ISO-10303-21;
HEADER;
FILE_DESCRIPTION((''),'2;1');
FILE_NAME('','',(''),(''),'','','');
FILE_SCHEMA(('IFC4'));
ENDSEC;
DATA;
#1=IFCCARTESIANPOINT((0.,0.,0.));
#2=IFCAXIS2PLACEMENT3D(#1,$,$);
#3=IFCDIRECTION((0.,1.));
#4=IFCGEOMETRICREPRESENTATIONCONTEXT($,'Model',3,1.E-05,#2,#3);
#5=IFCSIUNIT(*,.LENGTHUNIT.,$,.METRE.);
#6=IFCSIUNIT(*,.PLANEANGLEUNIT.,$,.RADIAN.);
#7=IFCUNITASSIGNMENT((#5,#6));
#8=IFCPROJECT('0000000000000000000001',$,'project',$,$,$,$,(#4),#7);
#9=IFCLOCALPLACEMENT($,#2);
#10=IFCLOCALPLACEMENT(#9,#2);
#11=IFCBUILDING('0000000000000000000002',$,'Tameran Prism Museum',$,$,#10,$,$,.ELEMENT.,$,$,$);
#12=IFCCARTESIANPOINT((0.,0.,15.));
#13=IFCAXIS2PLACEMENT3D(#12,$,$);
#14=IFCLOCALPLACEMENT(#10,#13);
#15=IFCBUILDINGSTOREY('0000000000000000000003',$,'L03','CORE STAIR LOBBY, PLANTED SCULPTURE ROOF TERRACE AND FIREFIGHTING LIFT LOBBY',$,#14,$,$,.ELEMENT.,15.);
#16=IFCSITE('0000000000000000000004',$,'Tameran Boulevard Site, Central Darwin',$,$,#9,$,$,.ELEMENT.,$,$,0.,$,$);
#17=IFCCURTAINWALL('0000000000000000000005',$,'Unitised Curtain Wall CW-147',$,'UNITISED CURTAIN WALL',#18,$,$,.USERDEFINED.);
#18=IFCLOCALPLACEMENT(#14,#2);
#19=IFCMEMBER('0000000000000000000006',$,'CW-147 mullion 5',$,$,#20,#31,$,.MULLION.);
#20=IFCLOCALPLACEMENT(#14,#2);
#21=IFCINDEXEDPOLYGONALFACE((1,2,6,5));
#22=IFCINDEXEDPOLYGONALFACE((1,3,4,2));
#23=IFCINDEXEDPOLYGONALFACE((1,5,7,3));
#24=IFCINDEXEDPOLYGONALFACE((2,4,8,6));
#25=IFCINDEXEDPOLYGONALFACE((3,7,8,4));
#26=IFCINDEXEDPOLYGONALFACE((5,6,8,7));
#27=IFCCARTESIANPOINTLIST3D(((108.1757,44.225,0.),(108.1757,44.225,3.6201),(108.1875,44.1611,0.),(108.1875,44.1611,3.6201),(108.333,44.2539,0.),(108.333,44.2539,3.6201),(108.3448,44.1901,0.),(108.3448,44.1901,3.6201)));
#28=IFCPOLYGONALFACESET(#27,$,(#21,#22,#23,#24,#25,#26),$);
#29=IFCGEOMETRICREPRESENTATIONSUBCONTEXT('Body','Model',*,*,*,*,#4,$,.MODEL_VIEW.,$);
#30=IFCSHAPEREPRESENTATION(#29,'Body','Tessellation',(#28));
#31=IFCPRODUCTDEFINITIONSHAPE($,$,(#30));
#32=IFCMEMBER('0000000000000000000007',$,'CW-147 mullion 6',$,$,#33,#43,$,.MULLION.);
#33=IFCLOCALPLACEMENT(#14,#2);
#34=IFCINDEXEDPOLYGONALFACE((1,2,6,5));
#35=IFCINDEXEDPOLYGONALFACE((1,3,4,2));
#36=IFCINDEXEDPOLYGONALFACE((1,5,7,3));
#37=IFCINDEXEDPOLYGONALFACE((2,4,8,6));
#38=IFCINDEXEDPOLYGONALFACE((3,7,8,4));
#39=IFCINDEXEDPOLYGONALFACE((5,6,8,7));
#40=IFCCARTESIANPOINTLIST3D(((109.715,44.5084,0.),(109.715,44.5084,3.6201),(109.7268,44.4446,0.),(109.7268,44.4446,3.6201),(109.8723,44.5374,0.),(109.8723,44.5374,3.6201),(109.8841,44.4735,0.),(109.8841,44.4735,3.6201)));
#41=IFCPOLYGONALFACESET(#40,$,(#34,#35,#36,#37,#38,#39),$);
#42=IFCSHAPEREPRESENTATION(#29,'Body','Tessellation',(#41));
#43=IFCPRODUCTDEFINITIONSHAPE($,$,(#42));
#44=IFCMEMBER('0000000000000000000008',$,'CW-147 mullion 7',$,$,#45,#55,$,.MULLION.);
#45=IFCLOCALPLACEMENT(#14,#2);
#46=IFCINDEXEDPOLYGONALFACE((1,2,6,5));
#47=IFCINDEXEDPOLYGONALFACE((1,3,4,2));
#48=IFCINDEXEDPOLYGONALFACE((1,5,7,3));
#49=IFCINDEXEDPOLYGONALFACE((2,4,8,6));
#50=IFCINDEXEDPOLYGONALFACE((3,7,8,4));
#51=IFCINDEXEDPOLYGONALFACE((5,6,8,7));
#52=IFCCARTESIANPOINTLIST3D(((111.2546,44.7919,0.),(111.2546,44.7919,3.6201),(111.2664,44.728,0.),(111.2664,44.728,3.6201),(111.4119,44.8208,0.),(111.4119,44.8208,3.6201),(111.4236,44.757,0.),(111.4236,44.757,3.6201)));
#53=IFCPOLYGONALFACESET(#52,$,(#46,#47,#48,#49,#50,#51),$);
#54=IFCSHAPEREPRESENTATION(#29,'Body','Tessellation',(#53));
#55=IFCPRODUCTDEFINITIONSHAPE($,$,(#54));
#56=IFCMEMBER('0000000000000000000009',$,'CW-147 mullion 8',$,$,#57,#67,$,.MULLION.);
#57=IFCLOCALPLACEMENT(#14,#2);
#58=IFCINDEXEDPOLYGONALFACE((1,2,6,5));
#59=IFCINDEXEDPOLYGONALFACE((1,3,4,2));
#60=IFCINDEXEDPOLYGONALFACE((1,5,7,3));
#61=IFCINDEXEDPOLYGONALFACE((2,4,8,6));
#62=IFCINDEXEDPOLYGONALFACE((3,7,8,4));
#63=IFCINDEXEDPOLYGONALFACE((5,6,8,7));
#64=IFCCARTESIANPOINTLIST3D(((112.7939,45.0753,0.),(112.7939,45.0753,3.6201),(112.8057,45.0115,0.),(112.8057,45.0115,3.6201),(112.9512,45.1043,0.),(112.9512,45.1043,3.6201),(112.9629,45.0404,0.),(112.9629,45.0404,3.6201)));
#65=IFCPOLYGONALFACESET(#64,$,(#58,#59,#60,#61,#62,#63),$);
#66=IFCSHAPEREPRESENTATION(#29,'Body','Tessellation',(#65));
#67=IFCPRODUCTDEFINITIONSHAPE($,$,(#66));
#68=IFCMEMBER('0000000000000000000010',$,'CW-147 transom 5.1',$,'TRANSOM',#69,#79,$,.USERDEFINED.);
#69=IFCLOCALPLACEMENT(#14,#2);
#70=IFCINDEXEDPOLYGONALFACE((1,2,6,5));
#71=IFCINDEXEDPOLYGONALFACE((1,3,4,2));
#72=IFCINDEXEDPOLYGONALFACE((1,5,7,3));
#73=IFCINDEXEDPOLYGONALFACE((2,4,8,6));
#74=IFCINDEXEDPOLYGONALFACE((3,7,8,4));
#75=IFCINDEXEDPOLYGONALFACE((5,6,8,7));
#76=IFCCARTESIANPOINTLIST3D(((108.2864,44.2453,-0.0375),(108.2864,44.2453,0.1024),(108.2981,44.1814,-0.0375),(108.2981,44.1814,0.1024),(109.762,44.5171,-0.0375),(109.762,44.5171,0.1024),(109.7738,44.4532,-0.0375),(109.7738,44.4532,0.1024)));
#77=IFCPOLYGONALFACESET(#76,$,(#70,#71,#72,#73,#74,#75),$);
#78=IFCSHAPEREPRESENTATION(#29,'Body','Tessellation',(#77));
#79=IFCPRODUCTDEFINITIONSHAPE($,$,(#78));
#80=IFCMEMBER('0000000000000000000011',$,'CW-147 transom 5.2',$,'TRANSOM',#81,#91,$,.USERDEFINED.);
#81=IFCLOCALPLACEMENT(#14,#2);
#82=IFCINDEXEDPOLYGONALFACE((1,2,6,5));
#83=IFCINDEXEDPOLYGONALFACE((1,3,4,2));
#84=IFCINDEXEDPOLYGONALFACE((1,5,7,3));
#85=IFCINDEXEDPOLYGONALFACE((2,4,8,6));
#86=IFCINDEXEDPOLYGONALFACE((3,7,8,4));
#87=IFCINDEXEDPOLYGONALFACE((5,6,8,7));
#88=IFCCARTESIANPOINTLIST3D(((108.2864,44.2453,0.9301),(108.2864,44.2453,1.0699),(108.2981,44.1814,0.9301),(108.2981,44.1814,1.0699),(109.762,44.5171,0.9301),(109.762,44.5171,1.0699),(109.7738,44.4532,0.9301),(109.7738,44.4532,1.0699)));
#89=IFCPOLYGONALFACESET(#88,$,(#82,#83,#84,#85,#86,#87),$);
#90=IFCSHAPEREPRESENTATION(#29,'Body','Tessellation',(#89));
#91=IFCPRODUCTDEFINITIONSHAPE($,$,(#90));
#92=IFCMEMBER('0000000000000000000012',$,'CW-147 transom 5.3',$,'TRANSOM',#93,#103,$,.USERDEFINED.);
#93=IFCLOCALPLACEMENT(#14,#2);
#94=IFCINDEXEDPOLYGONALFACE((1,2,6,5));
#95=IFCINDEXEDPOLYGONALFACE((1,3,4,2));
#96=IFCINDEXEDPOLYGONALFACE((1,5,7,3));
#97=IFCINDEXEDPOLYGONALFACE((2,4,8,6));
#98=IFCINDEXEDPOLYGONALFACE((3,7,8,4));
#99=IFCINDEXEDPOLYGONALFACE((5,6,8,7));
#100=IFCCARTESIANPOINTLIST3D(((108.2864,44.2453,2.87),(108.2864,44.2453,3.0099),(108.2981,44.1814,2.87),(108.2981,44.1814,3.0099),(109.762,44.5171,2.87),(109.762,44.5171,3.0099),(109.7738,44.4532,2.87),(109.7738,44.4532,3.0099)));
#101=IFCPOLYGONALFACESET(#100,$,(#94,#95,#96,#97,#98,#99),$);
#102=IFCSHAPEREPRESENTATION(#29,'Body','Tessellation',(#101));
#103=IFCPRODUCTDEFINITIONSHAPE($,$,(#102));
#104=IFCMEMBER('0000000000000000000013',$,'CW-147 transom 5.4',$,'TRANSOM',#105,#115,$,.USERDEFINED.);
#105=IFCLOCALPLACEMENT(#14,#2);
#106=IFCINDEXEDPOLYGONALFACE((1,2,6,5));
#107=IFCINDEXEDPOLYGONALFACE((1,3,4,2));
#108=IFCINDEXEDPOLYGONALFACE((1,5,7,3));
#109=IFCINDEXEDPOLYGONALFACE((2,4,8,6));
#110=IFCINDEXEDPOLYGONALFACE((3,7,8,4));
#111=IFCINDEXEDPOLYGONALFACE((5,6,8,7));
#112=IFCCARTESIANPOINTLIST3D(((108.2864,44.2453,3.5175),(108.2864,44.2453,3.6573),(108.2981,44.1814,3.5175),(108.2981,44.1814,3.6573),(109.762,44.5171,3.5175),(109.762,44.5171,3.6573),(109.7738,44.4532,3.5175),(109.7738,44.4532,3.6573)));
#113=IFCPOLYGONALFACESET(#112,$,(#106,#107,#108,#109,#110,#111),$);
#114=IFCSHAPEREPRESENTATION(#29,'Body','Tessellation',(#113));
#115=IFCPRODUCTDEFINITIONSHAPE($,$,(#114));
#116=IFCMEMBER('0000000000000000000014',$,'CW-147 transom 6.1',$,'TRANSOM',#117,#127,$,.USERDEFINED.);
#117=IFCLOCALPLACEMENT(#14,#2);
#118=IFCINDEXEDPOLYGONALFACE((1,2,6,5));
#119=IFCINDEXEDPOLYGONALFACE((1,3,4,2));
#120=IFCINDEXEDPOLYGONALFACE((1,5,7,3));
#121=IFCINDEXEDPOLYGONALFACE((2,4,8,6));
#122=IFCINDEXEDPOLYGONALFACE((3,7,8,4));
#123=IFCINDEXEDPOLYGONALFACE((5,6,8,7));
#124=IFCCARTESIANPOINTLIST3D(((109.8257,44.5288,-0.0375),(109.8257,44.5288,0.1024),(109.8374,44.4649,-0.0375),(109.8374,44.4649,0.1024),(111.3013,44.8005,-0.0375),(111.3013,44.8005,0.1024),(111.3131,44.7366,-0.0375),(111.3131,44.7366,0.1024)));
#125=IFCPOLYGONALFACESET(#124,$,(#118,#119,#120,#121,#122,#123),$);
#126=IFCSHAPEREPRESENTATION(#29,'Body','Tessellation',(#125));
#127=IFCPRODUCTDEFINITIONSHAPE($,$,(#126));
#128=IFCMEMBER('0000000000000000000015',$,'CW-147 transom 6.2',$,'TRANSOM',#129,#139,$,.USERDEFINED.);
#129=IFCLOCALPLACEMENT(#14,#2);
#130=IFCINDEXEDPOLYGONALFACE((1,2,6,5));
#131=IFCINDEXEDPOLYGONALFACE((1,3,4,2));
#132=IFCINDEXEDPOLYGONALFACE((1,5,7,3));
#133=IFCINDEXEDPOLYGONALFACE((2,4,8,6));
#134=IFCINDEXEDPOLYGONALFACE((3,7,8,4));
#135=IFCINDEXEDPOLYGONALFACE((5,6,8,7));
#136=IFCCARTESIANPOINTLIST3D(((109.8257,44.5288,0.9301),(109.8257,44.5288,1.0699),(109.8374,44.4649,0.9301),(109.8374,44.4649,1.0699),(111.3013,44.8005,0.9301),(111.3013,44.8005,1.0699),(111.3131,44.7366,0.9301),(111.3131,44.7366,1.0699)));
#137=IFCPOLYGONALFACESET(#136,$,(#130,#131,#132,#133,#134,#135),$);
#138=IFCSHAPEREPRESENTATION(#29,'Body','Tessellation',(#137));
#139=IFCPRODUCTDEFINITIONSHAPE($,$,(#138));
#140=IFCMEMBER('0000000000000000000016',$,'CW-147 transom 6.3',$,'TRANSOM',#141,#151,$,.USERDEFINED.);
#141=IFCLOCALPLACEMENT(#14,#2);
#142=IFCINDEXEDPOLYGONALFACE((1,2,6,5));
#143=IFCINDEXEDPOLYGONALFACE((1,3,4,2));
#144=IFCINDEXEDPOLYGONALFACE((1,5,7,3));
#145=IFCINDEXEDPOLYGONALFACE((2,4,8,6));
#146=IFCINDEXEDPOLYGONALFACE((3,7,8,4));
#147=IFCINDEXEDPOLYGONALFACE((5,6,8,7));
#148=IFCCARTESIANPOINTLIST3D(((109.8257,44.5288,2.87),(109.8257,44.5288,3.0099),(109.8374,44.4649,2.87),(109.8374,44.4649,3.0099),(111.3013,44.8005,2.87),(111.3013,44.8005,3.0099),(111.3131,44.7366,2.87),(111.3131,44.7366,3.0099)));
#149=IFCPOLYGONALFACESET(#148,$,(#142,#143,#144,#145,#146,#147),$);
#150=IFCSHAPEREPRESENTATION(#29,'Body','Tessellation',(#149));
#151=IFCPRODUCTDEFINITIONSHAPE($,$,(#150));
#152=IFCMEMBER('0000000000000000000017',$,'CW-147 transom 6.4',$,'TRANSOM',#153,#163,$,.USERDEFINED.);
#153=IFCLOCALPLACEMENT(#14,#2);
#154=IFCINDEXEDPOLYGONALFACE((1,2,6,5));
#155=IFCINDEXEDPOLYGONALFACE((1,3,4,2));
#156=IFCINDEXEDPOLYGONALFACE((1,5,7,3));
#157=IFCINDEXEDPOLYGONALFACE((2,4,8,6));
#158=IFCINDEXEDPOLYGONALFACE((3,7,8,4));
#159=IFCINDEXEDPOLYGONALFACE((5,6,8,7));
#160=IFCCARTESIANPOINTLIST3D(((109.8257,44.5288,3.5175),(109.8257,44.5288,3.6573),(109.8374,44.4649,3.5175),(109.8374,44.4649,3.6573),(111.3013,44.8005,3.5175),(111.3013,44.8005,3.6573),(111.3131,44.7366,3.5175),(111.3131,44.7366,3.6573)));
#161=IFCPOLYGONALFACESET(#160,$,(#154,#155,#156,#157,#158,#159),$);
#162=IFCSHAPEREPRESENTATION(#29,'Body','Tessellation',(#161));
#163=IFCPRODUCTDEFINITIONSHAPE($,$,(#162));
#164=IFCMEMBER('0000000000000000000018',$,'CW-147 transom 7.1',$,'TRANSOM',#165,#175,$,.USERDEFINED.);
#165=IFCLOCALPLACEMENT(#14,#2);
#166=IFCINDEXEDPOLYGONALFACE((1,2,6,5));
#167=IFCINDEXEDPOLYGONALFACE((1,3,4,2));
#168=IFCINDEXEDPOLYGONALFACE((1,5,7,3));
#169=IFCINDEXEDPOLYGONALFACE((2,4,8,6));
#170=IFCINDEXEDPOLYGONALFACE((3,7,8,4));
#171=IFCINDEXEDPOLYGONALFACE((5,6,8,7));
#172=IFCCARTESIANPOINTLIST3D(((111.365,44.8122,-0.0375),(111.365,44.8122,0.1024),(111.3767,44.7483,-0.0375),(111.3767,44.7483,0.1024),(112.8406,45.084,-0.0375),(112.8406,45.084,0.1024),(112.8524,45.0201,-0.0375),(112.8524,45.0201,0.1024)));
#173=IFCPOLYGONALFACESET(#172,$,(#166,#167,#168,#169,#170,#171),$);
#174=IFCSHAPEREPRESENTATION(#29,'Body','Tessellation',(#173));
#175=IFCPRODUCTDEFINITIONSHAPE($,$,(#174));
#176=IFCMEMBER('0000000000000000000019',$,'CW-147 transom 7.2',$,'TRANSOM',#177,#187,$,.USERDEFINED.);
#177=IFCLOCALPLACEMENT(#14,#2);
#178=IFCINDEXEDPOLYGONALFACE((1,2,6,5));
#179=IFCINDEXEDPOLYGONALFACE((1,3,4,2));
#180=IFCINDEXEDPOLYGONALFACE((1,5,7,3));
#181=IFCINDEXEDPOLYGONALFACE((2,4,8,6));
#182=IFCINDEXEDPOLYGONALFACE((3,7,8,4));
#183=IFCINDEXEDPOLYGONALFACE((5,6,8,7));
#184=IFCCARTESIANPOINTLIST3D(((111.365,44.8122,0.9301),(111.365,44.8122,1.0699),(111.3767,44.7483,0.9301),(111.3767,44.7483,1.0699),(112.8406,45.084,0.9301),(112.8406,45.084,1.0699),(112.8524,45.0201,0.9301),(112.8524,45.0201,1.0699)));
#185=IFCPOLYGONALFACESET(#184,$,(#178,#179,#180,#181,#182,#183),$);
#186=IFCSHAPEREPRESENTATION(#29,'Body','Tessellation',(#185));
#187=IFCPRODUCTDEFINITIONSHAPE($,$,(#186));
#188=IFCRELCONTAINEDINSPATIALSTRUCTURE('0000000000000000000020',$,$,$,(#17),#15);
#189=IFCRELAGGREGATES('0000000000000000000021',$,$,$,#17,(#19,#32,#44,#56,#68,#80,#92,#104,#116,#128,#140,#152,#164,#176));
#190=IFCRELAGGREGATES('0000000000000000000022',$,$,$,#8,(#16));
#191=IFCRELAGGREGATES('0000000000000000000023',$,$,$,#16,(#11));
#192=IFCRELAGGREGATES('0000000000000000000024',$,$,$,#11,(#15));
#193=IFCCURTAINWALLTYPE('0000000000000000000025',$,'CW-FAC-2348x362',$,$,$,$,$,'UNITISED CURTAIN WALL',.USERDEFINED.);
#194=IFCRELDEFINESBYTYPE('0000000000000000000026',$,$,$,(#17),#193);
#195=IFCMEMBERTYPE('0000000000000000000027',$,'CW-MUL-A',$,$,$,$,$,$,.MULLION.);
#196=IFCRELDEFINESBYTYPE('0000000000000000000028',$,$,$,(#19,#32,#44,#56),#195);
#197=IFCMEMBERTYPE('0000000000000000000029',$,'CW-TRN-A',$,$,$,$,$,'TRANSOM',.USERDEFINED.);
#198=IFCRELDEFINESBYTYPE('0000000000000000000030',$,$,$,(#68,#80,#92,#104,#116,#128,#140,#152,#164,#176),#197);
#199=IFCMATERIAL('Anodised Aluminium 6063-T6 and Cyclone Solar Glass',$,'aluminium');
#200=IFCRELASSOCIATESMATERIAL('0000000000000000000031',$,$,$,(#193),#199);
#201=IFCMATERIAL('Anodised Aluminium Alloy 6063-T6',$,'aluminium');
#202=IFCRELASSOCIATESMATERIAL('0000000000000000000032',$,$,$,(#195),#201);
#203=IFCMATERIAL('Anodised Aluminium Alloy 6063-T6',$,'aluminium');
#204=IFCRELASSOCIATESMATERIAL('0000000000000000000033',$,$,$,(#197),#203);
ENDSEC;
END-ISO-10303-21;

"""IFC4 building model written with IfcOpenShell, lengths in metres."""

from ifc_helpers import new_model, si_unit, direction, frame, origin, origin_2d, place, context, subcontext, project, spatial, rectangle, extrude, material, material_profile, profile_set, type_object, element, aggregate, save


model = new_model("IFC4")

# Units and contexts
model_context = context("Model", 3, precision=1e-05, world=origin(), true_north=direction((0.0, 1.0)))
body_context = subcontext(model_context, "Body", "Model", "MODEL_VIEW")
ifc_project = project(units=[si_unit("LENGTHUNIT", "METRE"), si_unit("PLANEANGLEUNIT", "RADIAN")], contexts=[model_context])

# Site, building, storey
site_placement = place(None, origin())
site = spatial("IfcSite", under=ifc_project, at=site_placement, Name="Tameran Boulevard Site, Central Darwin", CompositionType="ELEMENT", RefElevation=0.0)
building_placement = place(site_placement, origin())
building = spatial("IfcBuilding", under=site, at=building_placement, Name="Tameran Prism Museum", CompositionType="ELEMENT")
storey_placement = place(building_placement, frame((0.0, 0.0, 15.0)))
storey = spatial("IfcBuildingStorey", under=building, at=storey_placement, Name="L03", Description="CORE STAIR LOBBY, PLANTED SCULPTURE ROOF TERRACE AND FIREFIGHTING LIFT LOBBY", CompositionType="ELEMENT", Elevation=15.0)

# Curtain wall, members
ifc_material_1 = material(Name="Anodised Aluminium 6063-T6 and Cyclone Solar Glass", Category="aluminium")
curtain_wall_type = type_object("IfcCurtainWallType", Name="CW-FAC-2348x362", ElementType="UNITISED CURTAIN WALL", PredefinedType="USERDEFINED", material=ifc_material_1)
curtain_wall_placement = place(storey_placement, origin())
curtain_wall = element("IfcCurtainWall", 1, at=curtain_wall_placement, inside=storey, type_object=curtain_wall_type, Name="Unitised Curtain Wall CW-147", ObjectType="UNITISED CURTAIN WALL", PredefinedType="USERDEFINED")
ifc_material_2 = material(Name="Anodised Aluminium Alloy 6063-T6", Category="aluminium")
ifc_material_profile_1 = material_profile(ifc_material_2, rectangle(XDim=0.0649, YDim=0.1599, at=origin_2d()))
ifc_profile_set_1 = profile_set([ifc_material_profile_1])
member_type_1 = type_object("IfcMemberType", Name="CW-MUL-A", PredefinedType="MULLION", material=ifc_profile_set_1)
member_1_placement = place(storey_placement, frame((108.2603, 44.2075, 0.0), z_axis=(0.0, 0.0, 1.0), x_axis=(-0.181063, 0.983472, 0.0)))
member_1 = element("IfcMember", 2, at=member_1_placement, type_object=member_type_1, Name="CW-147 mullion 5", PredefinedType="MULLION", context=body_context, shape_type="SweptSolid", body=[
    extrude(rectangle(XDim=0.0649, YDim=0.1599, at=origin_2d()), origin(), (0.0, 0.0, 1.0), 3.6201),
])
member_2_placement = place(storey_placement, frame((109.7996, 44.491, 0.0), z_axis=(0.0, 0.0, 1.0), x_axis=(-0.181063, 0.983472, 0.0)))
member_2 = element("IfcMember", 3, at=member_2_placement, type_object=member_type_1, Name="CW-147 mullion 6", PredefinedType="MULLION", context=body_context, shape_type="SweptSolid", body=[
    extrude(rectangle(XDim=0.0649, YDim=0.1599, at=origin_2d()), origin(), (0.0, 0.0, 1.0), 3.6201),
])
member_3_placement = place(storey_placement, frame((111.3391, 44.7744, 0.0), z_axis=(0.0, 0.0, 1.0), x_axis=(-0.181063, 0.983472, 0.0)))
member_3 = element("IfcMember", 4, at=member_3_placement, type_object=member_type_1, Name="CW-147 mullion 7", PredefinedType="MULLION", context=body_context, shape_type="SweptSolid", body=[
    extrude(rectangle(XDim=0.0649, YDim=0.1599, at=origin_2d()), origin(), (0.0, 0.0, 1.0), 3.6201),
])
member_4_placement = place(storey_placement, frame((112.8784, 45.0579, 0.0), z_axis=(0.0, 0.0, 1.0), x_axis=(-0.181063, 0.983472, 0.0)))
member_4 = element("IfcMember", 5, at=member_4_placement, type_object=member_type_1, Name="CW-147 mullion 8", PredefinedType="MULLION", context=body_context, shape_type="SweptSolid", body=[
    extrude(rectangle(XDim=0.0649, YDim=0.1599, at=origin_2d()), origin(), (0.0, 0.0, 1.0), 3.6201),
])
ifc_material_3 = material(Name="Anodised Aluminium Alloy 6063-T6", Category="aluminium")
ifc_material_profile_2 = material_profile(ifc_material_3, rectangle(XDim=0.0649, YDim=0.1399, at=origin_2d()))
ifc_profile_set_2 = profile_set([ifc_material_profile_2])
member_type_2 = type_object("IfcMemberType", Name="CW-TRN-A", ElementType="TRANSOM", PredefinedType="USERDEFINED", material=ifc_profile_set_2)
member_5_placement = place(storey_placement, frame((108.2922, 44.2134, 0.0325), z_axis=(0.983464, 0.181104, 0.0), x_axis=(-0.181104, 0.983464, 0.0)))
member_5 = element("IfcMember", 6, at=member_5_placement, type_object=member_type_2, Name="CW-147 transom 5.1", ObjectType="TRANSOM", PredefinedType="USERDEFINED", context=body_context, shape_type="SweptSolid", body=[
    extrude(rectangle(XDim=0.0649, YDim=0.1399, at=origin_2d()), origin(), (0.0, 0.0, 1.0), 1.5005),
])
member_6_placement = place(storey_placement, frame((108.2922, 44.2134, 1.0), z_axis=(0.983464, 0.181104, 0.0), x_axis=(-0.181104, 0.983464, 0.0)))
member_6 = element("IfcMember", 7, at=member_6_placement, type_object=member_type_2, Name="CW-147 transom 5.2", ObjectType="TRANSOM", PredefinedType="USERDEFINED", context=body_context, shape_type="SweptSolid", body=[
    extrude(rectangle(XDim=0.0649, YDim=0.1399, at=origin_2d()), origin(), (0.0, 0.0, 1.0), 1.5005),
])
member_7_placement = place(storey_placement, frame((108.2922, 44.2134, 2.9399), z_axis=(0.983464, 0.181104, 0.0), x_axis=(-0.181104, 0.983464, 0.0)))
member_7 = element("IfcMember", 8, at=member_7_placement, type_object=member_type_2, Name="CW-147 transom 5.3", ObjectType="TRANSOM", PredefinedType="USERDEFINED", context=body_context, shape_type="SweptSolid", body=[
    extrude(rectangle(XDim=0.0649, YDim=0.1399, at=origin_2d()), origin(), (0.0, 0.0, 1.0), 1.5005),
])
member_8_placement = place(storey_placement, frame((108.2922, 44.2134, 3.5874), z_axis=(0.983464, 0.181104, 0.0), x_axis=(-0.181104, 0.983464, 0.0)))
member_8 = element("IfcMember", 9, at=member_8_placement, type_object=member_type_2, Name="CW-147 transom 5.4", ObjectType="TRANSOM", PredefinedType="USERDEFINED", context=body_context, shape_type="SweptSolid", body=[
    extrude(rectangle(XDim=0.0649, YDim=0.1399, at=origin_2d()), origin(), (0.0, 0.0, 1.0), 1.5005),
])
member_9_placement = place(storey_placement, frame((109.8315, 44.4968, 0.0325), z_axis=(0.983464, 0.181104, 0.0), x_axis=(-0.181104, 0.983464, 0.0)))
member_9 = element("IfcMember", 10, at=member_9_placement, type_object=member_type_2, Name="CW-147 transom 6.1", ObjectType="TRANSOM", PredefinedType="USERDEFINED", context=body_context, shape_type="SweptSolid", body=[
    extrude(rectangle(XDim=0.0649, YDim=0.1399, at=origin_2d()), origin(), (0.0, 0.0, 1.0), 1.5005),
])
member_10_placement = place(storey_placement, frame((109.8315, 44.4968, 1.0), z_axis=(0.983464, 0.181104, 0.0), x_axis=(-0.181104, 0.983464, 0.0)))
member_10 = element("IfcMember", 11, at=member_10_placement, type_object=member_type_2, Name="CW-147 transom 6.2", ObjectType="TRANSOM", PredefinedType="USERDEFINED", context=body_context, shape_type="SweptSolid", body=[
    extrude(rectangle(XDim=0.0649, YDim=0.1399, at=origin_2d()), origin(), (0.0, 0.0, 1.0), 1.5005),
])
member_11_placement = place(storey_placement, frame((109.8315, 44.4968, 2.9399), z_axis=(0.983464, 0.181104, 0.0), x_axis=(-0.181104, 0.983464, 0.0)))
member_11 = element("IfcMember", 12, at=member_11_placement, type_object=member_type_2, Name="CW-147 transom 6.3", ObjectType="TRANSOM", PredefinedType="USERDEFINED", context=body_context, shape_type="SweptSolid", body=[
    extrude(rectangle(XDim=0.0649, YDim=0.1399, at=origin_2d()), origin(), (0.0, 0.0, 1.0), 1.5005),
])
member_12_placement = place(storey_placement, frame((109.8315, 44.4968, 3.5874), z_axis=(0.983464, 0.181104, 0.0), x_axis=(-0.181104, 0.983464, 0.0)))
member_12 = element("IfcMember", 13, at=member_12_placement, type_object=member_type_2, Name="CW-147 transom 6.4", ObjectType="TRANSOM", PredefinedType="USERDEFINED", context=body_context, shape_type="SweptSolid", body=[
    extrude(rectangle(XDim=0.0649, YDim=0.1399, at=origin_2d()), origin(), (0.0, 0.0, 1.0), 1.5005),
])
member_13_placement = place(storey_placement, frame((111.3708, 44.7803, 0.0325), z_axis=(0.983464, 0.181104, 0.0), x_axis=(-0.181104, 0.983464, 0.0)))
member_13 = element("IfcMember", 14, at=member_13_placement, type_object=member_type_2, Name="CW-147 transom 7.1", ObjectType="TRANSOM", PredefinedType="USERDEFINED", context=body_context, shape_type="SweptSolid", body=[
    extrude(rectangle(XDim=0.0649, YDim=0.1399, at=origin_2d()), origin(), (0.0, 0.0, 1.0), 1.5005),
])
member_14_placement = place(storey_placement, frame((111.3708, 44.7803, 1.0), z_axis=(0.983464, 0.181104, 0.0), x_axis=(-0.181104, 0.983464, 0.0)))
member_14 = element("IfcMember", 15, at=member_14_placement, type_object=member_type_2, Name="CW-147 transom 7.2", ObjectType="TRANSOM", PredefinedType="USERDEFINED", context=body_context, shape_type="SweptSolid", body=[
    extrude(rectangle(XDim=0.0649, YDim=0.1399, at=origin_2d()), origin(), (0.0, 0.0, 1.0), 1.5005),
])
aggregate(curtain_wall, [member_1, member_2, member_3, member_4, member_5, member_6, member_7, member_8, member_9, member_10, member_11, member_12, member_13, member_14])

save(model, "model.ifc")
